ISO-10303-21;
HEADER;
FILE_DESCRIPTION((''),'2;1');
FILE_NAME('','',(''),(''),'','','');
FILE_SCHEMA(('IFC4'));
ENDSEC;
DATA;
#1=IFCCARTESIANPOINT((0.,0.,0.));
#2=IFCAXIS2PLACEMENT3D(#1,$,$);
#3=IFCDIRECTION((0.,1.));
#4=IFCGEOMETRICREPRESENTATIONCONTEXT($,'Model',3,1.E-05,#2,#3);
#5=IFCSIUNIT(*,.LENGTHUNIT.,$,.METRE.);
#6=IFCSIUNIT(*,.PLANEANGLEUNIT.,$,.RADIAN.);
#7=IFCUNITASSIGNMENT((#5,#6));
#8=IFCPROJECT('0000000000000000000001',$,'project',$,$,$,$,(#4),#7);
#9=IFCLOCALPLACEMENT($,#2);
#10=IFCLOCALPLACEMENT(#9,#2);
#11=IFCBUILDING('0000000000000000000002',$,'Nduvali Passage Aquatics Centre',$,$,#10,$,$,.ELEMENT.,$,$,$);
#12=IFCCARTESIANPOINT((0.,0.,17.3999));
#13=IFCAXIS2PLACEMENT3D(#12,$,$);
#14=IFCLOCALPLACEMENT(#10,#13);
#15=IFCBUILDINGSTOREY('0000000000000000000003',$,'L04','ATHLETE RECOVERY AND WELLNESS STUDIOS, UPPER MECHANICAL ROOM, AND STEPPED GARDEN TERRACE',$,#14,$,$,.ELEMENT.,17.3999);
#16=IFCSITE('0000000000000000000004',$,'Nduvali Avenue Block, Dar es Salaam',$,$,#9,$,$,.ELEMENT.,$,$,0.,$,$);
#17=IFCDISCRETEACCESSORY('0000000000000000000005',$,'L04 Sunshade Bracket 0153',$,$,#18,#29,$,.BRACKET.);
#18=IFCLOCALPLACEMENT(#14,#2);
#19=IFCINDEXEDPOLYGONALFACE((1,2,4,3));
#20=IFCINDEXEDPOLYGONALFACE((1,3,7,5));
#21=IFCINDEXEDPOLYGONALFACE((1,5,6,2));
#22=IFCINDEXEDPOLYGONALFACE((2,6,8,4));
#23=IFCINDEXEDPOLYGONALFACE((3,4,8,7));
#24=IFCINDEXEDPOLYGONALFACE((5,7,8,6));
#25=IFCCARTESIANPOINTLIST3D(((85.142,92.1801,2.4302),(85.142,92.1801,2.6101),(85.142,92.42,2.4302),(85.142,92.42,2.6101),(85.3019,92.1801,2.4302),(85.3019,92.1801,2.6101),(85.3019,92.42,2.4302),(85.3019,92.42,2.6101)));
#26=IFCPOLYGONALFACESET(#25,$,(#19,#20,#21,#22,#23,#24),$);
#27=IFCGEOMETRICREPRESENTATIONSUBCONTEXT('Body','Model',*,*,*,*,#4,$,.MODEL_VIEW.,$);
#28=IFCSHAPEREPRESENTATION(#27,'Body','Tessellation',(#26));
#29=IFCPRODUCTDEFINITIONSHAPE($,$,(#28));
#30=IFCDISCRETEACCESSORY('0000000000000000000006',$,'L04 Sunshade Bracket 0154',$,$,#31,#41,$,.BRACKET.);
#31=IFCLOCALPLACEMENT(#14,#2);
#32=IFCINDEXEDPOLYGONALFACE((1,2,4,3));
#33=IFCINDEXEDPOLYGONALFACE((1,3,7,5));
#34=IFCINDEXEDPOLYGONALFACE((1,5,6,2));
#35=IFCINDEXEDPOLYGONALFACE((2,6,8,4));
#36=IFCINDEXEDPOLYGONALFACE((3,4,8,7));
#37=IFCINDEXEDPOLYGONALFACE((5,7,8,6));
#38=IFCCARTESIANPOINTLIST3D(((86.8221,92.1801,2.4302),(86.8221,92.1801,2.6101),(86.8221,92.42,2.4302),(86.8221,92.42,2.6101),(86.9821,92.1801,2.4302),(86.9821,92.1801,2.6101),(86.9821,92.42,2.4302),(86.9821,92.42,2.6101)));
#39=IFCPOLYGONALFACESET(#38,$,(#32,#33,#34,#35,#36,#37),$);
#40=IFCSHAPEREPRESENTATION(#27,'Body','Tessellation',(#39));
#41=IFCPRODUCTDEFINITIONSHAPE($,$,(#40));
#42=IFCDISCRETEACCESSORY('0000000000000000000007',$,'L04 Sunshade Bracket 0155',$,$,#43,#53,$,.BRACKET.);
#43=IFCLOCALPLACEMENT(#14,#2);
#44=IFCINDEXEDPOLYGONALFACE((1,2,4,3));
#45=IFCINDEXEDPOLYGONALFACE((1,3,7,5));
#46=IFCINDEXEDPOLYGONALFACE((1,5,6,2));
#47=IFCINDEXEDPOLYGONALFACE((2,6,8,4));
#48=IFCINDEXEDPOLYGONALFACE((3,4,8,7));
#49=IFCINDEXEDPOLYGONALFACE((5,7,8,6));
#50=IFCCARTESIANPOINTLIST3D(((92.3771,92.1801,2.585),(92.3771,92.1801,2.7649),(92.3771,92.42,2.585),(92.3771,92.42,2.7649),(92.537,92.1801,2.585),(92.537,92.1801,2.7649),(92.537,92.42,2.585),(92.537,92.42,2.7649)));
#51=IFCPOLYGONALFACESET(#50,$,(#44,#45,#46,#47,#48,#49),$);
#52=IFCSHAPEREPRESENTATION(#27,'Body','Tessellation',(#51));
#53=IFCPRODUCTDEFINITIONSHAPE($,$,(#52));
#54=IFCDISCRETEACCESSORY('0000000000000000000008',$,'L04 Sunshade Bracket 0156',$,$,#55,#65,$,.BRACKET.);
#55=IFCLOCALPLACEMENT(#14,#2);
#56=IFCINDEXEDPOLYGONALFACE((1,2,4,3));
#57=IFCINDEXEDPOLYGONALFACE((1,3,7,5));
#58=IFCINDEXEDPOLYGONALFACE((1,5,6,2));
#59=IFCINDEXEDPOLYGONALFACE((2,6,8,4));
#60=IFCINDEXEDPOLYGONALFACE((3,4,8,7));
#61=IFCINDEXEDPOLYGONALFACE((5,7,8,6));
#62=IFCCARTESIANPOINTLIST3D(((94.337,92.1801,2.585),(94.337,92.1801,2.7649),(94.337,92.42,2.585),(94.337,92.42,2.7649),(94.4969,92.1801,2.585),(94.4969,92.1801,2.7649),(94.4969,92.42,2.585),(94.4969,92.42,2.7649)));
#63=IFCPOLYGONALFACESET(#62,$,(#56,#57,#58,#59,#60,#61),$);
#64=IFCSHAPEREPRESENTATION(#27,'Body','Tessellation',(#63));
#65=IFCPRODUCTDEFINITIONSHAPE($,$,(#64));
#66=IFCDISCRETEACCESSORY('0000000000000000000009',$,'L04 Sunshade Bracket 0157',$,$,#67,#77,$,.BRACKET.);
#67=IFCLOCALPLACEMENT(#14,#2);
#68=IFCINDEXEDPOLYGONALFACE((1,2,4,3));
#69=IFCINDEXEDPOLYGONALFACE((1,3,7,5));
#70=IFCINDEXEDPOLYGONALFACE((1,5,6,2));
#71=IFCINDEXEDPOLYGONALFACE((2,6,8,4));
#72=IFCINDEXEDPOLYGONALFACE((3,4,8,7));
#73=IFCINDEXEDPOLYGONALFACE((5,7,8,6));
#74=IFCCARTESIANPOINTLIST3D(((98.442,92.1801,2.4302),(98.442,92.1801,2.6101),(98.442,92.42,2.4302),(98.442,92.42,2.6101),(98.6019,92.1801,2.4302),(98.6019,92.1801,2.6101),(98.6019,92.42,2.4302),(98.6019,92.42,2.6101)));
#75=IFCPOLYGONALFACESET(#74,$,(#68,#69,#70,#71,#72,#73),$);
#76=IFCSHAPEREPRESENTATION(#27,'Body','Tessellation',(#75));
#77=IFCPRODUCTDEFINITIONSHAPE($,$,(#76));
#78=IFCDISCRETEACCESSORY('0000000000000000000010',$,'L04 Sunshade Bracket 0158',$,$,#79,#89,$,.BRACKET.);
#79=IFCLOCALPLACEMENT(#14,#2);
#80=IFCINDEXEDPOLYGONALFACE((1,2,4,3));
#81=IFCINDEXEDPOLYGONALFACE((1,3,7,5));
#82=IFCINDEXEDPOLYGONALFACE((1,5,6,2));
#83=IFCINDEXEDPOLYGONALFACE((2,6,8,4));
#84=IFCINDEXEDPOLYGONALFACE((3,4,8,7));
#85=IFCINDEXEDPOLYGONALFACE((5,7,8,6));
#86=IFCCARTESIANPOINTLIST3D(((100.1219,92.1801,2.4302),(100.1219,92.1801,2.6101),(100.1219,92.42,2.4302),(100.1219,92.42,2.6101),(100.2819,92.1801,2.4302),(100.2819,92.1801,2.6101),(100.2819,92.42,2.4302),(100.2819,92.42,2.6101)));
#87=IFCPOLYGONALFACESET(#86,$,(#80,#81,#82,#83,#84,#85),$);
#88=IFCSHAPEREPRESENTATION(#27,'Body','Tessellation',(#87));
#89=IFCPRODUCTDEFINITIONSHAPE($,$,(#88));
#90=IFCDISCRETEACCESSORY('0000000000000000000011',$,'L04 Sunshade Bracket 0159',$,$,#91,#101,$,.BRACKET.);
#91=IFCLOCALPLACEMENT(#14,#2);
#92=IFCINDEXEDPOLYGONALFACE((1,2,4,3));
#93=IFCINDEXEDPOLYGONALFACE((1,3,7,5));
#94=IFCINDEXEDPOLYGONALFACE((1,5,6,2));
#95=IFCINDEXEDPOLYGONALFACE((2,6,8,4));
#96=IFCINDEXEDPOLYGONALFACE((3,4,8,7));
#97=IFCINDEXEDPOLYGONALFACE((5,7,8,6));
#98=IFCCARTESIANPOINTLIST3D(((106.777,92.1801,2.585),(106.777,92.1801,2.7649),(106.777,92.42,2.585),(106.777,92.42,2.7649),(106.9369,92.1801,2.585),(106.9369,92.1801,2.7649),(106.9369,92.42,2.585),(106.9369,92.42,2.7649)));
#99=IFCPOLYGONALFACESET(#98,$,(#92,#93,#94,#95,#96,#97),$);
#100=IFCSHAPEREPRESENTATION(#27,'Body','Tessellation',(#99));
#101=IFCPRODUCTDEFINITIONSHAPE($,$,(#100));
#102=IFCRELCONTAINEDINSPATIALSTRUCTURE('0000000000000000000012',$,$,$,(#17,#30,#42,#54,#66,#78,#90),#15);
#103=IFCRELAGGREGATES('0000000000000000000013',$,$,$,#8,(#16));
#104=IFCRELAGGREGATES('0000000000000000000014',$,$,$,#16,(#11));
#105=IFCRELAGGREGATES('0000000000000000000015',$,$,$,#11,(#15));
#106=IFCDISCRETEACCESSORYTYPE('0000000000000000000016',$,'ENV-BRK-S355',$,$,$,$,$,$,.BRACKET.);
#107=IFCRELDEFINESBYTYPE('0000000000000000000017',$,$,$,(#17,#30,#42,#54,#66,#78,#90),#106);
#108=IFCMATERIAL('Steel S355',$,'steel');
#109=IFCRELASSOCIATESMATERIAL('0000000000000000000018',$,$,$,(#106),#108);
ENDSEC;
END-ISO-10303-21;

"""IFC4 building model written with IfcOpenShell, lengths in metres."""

from ifc_helpers import new_model, si_unit, direction, frame, origin, origin_2d, place, context, subcontext, project, spatial, rectangle, extrude, material, type_object, element, save


model = new_model("IFC4")

# Units and contexts
model_context = context("Model", 3, precision=1e-05, world=origin(), true_north=direction((0.0, 1.0)))
body_context = subcontext(model_context, "Body", "Model", "MODEL_VIEW")
ifc_project = project(units=[si_unit("LENGTHUNIT", "METRE"), si_unit("PLANEANGLEUNIT", "RADIAN")], contexts=[model_context])

# Site, building, storey
site_placement = place(None, origin())
site = spatial("IfcSite", under=ifc_project, at=site_placement, Name="Nduvali Avenue Block, Dar es Salaam", CompositionType="ELEMENT", RefElevation=0.0)
building_placement = place(site_placement, origin())
building = spatial("IfcBuilding", under=site, at=building_placement, Name="Nduvali Passage Aquatics Centre", CompositionType="ELEMENT")
storey_placement = place(building_placement, frame((0.0, 0.0, 17.3999)))
storey = spatial("IfcBuildingStorey", under=building, at=storey_placement, Name="L04", Description="ATHLETE RECOVERY AND WELLNESS STUDIOS, UPPER MECHANICAL ROOM, AND STEPPED GARDEN TERRACE", CompositionType="ELEMENT", Elevation=17.3999)

# Shared definitions
ifc_material_1 = material(Name="Steel S355", Category="steel")

# Discrete accessories
discrete_accessory_type = type_object("IfcDiscreteAccessoryType", Name="ENV-BRK-S355", PredefinedType="BRACKET", material=ifc_material_1)
for number, where, z_axis, x_axis, name in (
    (1, (85.2219, 92.3, 2.4302), (0.0, 0.0, 1.0), (1.0, 0.0, 0.0), "L04 Sunshade Bracket 0153"),
    (2, (86.9021, 92.3, 2.4302), (0.0, 0.0, 1.0), (1.0, 0.0, 0.0), "L04 Sunshade Bracket 0154"),
    (3, (92.457, 92.3, 2.585), (0.0, 0.0, 1.0), (1.0, 0.0, 0.0), "L04 Sunshade Bracket 0155"),
    (4, (94.417, 92.3, 2.585), (0.0, 0.0, 1.0), (1.0, 0.0, 0.0), "L04 Sunshade Bracket 0156"),
    (5, (98.522, 92.3, 2.4302), (0.0, 0.0, 1.0), (1.0, 0.0, 0.0), "L04 Sunshade Bracket 0157"),
    (6, (100.2019, 92.3, 2.4302), (0.0, 0.0, 1.0), (1.0, 0.0, 0.0), "L04 Sunshade Bracket 0158"),
    (7, (106.8569, 92.3, 2.585), (0.0, 0.0, 1.0), (1.0, 0.0, 0.0), "L04 Sunshade Bracket 0159"),
):
    element("IfcDiscreteAccessory", number, at=place(storey_placement, frame(where, z_axis=z_axis, x_axis=x_axis)), inside=storey, type_object=discrete_accessory_type, Name=name, PredefinedType="BRACKET", context=body_context, shape_type="SweptSolid", body=[
        extrude(rectangle(XDim=0.1599, YDim=0.24, at=origin_2d()), origin(), (0.0, 0.0, 1.0), 0.1799),
    ])

save(model, "model.ifc")
